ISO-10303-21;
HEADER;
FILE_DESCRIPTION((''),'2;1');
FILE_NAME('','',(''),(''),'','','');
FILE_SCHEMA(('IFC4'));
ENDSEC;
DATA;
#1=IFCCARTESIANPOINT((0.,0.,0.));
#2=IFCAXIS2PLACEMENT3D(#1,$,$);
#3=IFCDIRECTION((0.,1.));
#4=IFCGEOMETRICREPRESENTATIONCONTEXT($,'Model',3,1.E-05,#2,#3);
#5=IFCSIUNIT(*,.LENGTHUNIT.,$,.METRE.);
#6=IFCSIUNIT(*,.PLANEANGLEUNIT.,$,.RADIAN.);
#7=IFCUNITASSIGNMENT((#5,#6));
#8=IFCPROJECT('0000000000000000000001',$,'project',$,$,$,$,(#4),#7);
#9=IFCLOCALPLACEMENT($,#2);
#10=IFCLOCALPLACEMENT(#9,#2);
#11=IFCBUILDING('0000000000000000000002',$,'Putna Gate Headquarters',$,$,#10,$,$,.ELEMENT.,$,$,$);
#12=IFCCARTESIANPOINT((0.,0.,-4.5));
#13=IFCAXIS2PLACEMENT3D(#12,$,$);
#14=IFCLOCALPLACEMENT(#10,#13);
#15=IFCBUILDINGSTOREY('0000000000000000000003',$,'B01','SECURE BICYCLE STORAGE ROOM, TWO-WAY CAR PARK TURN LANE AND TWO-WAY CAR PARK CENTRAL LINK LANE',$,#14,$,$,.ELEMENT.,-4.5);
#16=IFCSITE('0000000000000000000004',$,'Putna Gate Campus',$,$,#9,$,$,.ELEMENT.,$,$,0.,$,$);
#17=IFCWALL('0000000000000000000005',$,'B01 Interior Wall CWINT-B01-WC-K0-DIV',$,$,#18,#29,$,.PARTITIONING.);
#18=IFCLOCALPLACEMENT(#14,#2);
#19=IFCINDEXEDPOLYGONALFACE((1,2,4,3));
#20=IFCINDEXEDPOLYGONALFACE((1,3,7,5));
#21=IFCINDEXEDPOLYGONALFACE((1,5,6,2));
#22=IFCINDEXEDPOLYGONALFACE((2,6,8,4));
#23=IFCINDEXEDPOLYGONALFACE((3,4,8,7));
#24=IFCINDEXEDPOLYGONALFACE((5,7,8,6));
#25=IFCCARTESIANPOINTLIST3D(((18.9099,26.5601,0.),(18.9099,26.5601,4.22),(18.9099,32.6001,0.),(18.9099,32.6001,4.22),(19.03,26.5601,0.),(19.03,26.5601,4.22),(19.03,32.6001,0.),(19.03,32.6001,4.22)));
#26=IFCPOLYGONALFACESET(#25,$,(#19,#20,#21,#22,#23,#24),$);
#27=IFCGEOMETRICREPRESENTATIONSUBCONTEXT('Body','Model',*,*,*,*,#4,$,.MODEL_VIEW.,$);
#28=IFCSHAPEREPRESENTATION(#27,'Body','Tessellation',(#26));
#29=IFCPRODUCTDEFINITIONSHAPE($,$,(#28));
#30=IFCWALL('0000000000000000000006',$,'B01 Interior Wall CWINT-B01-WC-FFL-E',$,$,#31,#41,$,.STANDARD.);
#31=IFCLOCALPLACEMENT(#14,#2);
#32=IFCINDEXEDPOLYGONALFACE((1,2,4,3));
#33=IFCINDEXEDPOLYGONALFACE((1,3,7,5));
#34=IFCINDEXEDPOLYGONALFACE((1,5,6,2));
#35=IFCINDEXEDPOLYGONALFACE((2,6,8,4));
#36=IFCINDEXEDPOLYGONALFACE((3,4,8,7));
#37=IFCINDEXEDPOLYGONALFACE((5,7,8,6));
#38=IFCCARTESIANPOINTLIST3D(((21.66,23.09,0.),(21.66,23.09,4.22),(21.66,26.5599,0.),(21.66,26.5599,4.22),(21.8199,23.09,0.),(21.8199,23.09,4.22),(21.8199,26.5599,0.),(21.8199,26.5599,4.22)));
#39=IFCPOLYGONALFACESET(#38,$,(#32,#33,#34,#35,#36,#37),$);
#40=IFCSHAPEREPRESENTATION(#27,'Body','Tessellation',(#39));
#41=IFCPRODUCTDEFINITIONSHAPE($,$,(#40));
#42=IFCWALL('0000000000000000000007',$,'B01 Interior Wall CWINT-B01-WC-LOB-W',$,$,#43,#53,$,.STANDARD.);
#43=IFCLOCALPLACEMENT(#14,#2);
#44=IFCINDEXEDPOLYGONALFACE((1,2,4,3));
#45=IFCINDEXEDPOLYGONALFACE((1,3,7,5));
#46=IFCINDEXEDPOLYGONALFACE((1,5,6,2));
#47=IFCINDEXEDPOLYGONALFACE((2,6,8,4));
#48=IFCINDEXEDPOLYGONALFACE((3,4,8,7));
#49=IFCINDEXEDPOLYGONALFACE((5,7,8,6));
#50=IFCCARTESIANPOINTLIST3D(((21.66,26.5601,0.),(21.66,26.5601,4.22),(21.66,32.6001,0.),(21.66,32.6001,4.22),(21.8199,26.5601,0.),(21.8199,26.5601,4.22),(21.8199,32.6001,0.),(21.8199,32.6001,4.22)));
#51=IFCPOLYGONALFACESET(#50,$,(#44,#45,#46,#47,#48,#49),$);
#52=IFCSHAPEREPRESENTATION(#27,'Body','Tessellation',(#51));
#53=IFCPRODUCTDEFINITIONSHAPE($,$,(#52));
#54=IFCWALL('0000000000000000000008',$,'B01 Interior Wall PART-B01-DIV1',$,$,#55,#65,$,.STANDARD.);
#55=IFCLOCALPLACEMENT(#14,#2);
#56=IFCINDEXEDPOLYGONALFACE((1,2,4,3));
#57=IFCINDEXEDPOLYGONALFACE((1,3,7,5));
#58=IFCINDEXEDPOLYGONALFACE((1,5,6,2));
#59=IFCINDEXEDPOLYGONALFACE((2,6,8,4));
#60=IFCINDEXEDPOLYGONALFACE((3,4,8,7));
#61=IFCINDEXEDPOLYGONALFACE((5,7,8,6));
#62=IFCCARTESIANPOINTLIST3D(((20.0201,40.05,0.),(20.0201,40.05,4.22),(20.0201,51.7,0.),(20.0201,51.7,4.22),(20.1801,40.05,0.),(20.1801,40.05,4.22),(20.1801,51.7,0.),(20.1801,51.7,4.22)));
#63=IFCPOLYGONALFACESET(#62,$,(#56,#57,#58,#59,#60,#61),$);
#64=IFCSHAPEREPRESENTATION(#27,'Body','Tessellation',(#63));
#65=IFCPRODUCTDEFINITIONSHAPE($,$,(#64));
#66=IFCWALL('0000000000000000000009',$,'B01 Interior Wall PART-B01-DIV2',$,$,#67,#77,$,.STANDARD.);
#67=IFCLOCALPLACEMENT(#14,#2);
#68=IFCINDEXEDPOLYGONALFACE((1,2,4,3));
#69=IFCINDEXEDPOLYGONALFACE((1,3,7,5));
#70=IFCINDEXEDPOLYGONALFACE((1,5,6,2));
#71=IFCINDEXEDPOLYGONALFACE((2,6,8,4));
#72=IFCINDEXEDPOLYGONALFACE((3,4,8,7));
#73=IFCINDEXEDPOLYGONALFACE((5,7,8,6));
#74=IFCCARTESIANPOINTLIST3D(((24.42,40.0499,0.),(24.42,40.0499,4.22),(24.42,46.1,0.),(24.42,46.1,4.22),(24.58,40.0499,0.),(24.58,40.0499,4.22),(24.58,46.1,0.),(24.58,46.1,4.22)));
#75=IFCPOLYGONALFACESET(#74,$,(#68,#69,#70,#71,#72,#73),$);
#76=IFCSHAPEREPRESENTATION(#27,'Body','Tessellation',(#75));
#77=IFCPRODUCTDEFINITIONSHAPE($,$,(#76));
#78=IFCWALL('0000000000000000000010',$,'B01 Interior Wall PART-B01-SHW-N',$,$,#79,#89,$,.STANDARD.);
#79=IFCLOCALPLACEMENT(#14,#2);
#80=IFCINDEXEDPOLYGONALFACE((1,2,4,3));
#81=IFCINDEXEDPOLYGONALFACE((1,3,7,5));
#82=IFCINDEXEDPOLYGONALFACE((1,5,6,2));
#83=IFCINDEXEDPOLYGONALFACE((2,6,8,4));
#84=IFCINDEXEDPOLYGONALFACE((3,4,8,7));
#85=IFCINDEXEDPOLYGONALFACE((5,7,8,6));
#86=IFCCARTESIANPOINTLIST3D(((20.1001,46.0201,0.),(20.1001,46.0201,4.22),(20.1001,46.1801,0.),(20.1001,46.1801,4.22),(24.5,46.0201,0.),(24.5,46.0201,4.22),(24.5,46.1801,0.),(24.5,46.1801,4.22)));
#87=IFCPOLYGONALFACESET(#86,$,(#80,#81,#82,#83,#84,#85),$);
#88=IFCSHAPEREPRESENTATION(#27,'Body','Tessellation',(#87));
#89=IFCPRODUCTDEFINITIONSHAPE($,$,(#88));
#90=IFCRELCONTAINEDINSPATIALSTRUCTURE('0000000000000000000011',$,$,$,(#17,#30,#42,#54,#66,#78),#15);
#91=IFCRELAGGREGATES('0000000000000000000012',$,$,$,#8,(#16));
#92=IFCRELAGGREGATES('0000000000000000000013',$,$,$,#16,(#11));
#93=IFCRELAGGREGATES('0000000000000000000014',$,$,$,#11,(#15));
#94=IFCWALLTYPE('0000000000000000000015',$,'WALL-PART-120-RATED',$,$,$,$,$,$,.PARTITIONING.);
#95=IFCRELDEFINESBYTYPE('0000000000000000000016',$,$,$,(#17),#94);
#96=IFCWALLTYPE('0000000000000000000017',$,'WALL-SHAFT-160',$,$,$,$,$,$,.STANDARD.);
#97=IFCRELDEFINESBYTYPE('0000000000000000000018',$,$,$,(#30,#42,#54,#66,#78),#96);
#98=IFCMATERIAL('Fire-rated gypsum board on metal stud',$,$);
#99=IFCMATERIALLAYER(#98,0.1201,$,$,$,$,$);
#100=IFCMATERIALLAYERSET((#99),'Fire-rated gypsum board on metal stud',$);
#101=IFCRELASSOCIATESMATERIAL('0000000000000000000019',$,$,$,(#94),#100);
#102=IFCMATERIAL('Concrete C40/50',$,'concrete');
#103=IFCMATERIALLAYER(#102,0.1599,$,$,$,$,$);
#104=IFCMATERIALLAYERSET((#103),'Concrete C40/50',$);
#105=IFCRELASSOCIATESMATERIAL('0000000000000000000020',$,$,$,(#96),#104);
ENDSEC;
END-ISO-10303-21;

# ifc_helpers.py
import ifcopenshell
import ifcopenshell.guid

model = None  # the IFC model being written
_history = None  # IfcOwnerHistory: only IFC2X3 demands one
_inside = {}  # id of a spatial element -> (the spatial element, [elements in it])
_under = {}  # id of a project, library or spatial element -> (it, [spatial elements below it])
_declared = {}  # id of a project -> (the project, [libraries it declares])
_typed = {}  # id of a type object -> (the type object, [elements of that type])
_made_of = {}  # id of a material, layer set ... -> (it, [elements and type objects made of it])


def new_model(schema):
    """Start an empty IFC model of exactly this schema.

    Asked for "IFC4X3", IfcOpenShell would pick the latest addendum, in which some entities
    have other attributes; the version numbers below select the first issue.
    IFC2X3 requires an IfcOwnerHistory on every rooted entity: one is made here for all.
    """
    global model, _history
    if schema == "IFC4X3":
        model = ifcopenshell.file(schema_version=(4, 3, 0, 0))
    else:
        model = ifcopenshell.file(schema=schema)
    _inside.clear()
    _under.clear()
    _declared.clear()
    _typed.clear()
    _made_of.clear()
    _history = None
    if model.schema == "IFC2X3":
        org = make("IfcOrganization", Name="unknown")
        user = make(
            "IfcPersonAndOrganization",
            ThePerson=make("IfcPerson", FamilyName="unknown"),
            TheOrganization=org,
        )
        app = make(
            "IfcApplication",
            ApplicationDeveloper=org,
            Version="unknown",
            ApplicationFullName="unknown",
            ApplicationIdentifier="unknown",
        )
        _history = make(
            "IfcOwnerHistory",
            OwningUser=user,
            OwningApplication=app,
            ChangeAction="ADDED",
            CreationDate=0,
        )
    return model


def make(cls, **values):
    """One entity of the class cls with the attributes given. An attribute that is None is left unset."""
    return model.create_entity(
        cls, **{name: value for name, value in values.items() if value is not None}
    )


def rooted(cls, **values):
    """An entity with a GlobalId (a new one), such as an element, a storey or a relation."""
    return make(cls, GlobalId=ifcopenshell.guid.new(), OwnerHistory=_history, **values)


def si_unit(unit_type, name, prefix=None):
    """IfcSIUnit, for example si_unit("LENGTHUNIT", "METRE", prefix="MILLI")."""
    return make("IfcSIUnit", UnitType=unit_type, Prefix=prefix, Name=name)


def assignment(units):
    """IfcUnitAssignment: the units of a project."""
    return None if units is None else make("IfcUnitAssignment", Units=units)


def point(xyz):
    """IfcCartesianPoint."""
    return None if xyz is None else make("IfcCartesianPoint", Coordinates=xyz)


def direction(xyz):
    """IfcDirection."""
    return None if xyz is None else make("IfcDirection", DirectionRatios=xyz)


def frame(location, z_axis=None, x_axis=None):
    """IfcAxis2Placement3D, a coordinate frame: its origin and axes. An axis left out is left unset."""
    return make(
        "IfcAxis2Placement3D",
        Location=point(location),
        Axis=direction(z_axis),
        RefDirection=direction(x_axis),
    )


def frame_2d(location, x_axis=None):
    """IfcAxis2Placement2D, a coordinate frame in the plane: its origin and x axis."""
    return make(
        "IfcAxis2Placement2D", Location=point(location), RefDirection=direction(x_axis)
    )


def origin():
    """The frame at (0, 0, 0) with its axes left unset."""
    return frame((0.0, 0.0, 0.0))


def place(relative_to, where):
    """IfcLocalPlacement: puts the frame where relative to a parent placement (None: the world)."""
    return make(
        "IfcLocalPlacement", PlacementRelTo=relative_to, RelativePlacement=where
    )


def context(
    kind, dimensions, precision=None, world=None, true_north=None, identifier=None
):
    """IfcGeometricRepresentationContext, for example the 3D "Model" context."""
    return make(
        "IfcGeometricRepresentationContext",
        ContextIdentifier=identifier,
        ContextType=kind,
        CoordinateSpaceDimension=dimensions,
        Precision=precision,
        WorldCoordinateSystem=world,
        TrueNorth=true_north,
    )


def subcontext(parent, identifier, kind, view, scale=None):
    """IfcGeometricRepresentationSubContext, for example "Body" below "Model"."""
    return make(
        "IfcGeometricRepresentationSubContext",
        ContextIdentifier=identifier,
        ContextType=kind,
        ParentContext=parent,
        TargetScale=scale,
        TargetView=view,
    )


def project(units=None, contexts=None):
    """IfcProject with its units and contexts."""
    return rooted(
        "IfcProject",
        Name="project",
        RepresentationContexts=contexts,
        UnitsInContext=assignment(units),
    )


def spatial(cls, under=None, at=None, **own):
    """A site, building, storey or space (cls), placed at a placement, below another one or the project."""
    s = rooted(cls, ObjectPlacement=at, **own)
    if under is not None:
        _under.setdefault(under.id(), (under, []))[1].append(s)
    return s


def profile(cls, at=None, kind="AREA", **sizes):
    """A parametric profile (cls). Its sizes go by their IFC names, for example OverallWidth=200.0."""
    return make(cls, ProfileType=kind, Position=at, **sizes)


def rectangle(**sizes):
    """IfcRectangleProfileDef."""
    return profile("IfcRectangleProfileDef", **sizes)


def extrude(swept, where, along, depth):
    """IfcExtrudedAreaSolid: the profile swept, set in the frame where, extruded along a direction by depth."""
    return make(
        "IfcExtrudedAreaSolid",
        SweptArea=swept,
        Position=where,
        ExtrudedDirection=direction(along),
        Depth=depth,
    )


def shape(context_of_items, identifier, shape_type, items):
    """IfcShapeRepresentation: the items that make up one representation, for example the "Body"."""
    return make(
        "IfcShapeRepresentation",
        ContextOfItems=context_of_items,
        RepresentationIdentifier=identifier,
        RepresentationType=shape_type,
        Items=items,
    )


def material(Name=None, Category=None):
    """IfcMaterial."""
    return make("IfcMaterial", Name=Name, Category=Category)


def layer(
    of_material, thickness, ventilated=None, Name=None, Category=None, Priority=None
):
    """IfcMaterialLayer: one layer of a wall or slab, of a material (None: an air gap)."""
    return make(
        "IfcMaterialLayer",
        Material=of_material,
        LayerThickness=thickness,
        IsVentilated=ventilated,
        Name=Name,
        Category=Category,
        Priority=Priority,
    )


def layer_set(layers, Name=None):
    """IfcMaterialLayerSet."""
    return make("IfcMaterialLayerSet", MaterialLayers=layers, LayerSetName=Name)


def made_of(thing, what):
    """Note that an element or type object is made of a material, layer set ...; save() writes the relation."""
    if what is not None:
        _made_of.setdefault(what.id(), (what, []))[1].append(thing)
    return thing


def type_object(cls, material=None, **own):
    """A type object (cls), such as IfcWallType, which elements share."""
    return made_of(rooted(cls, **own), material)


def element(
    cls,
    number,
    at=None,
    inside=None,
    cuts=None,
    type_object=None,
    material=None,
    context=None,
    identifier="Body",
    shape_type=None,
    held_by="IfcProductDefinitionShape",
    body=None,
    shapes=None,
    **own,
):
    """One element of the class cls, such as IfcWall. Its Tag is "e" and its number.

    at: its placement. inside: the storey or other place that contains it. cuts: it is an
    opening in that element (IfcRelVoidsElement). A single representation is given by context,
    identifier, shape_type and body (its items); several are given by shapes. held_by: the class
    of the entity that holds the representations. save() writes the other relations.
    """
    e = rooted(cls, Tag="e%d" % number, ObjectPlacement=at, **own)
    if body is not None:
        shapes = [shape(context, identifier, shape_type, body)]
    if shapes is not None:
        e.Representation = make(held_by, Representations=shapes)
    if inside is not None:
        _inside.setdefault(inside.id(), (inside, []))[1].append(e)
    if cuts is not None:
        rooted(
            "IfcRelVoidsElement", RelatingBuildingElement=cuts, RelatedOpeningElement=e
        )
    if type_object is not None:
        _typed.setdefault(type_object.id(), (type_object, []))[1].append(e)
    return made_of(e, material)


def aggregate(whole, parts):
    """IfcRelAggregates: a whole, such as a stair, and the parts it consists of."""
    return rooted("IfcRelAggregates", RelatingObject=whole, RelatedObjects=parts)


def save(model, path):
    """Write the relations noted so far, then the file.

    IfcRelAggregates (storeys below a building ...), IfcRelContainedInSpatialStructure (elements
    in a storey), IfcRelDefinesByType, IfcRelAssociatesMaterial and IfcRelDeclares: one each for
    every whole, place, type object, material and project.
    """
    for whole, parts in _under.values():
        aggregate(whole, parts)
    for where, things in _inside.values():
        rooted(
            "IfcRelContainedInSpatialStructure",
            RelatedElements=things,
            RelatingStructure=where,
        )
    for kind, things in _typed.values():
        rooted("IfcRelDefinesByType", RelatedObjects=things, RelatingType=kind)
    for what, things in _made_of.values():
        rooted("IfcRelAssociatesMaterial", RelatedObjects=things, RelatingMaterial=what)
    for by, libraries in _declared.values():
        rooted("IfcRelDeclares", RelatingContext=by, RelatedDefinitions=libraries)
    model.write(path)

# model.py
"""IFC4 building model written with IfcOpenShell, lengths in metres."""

from ifc_helpers import new_model, si_unit, direction, frame, frame_2d, origin, place, context, subcontext, project, spatial, rectangle, extrude, material, layer, layer_set, type_object, element, save


model = new_model("IFC4")

# Units and contexts
model_context = context("Model", 3, precision=1e-05, world=origin(), true_north=direction((0.0, 1.0)))
body_context = subcontext(model_context, "Body", "Model", "MODEL_VIEW")
ifc_project = project(units=[si_unit("LENGTHUNIT", "METRE"), si_unit("PLANEANGLEUNIT", "RADIAN")], contexts=[model_context])

# Site, building, storey
site_placement = place(None, origin())
site = spatial("IfcSite", under=ifc_project, at=site_placement, Name="Putna Gate Campus", CompositionType="ELEMENT", RefElevation=0.0)
building_placement = place(site_placement, origin())
building = spatial("IfcBuilding", under=site, at=building_placement, Name="Putna Gate Headquarters", CompositionType="ELEMENT")
storey_placement = place(building_placement, frame((0.0, 0.0, -4.5)))
storey = spatial("IfcBuildingStorey", under=building, at=storey_placement, Name="B01", Description="SECURE BICYCLE STORAGE ROOM, TWO-WAY CAR PARK TURN LANE AND TWO-WAY CAR PARK CENTRAL LINK LANE", CompositionType="ELEMENT", Elevation=-4.5)

# Walls
ifc_material_1 = material(Name="Fire-rated gypsum board on metal stud")
ifc_layer_1 = layer(ifc_material_1, 0.1201)
ifc_layer_set_1 = layer_set([ifc_layer_1], Name="Fire-rated gypsum board on metal stud")
wall_type_1 = type_object("IfcWallType", Name="WALL-PART-120-RATED", PredefinedType="PARTITIONING", material=ifc_layer_set_1)
wall_1_placement = place(storey_placement, frame((18.97, 26.5601, 0.0), z_axis=(0.0, 0.0, 1.0), x_axis=(0.0, 1.0, 0.0)))
element("IfcWall", 1, at=wall_1_placement, inside=storey, type_object=wall_type_1, Name="B01 Interior Wall CWINT-B01-WC-K0-DIV", PredefinedType="PARTITIONING", context=body_context, shape_type="SweptSolid", body=[
    extrude(rectangle(XDim=6.04, YDim=0.1201, at=frame_2d((3.02, 0.0))), origin(), (0.0, 0.0, 1.0), 4.22),
])
ifc_material_2 = material(Name="Concrete C40/50", Category="concrete")
ifc_layer_2 = layer(ifc_material_2, 0.1599)
ifc_layer_set_2 = layer_set([ifc_layer_2], Name="Concrete C40/50")
wall_type_2 = type_object("IfcWallType", Name="WALL-SHAFT-160", PredefinedType="STANDARD", material=ifc_layer_set_2)
wall_2_placement = place(storey_placement, frame((21.74, 23.0901, 0.0), z_axis=(0.0, 0.0, 1.0), x_axis=(0.0, 1.0, 0.0)))
element("IfcWall", 2, at=wall_2_placement, inside=storey, type_object=wall_type_2, Name="B01 Interior Wall CWINT-B01-WC-FFL-E", PredefinedType="STANDARD", context=body_context, shape_type="SweptSolid", body=[
    extrude(rectangle(XDim=3.47, YDim=0.1599, at=frame_2d((1.7349, 0.0))), origin(), (0.0, 0.0, 1.0), 4.22),
])
wall_3_placement = place(storey_placement, frame((21.74, 26.5601, 0.0), z_axis=(0.0, 0.0, 1.0), x_axis=(0.0, 1.0, 0.0)))
element("IfcWall", 3, at=wall_3_placement, inside=storey, type_object=wall_type_2, Name="B01 Interior Wall CWINT-B01-WC-LOB-W", PredefinedType="STANDARD", context=body_context, shape_type="SweptSolid", body=[
    extrude(rectangle(XDim=6.04, YDim=0.1599, at=frame_2d((3.02, 0.0))), origin(), (0.0, 0.0, 1.0), 4.22),
])
wall_4_placement = place(storey_placement, frame((20.1001, 40.05, 0.0), z_axis=(0.0, 0.0, 1.0), x_axis=(0.0, 1.0, 0.0)))
element("IfcWall", 4, at=wall_4_placement, inside=storey, type_object=wall_type_2, Name="B01 Interior Wall PART-B01-DIV1", PredefinedType="STANDARD", context=body_context, shape_type="SweptSolid", body=[
    extrude(rectangle(XDim=11.6499, YDim=0.1599, at=frame_2d((5.825, 0.0))), origin(), (0.0, 0.0, 1.0), 4.22),
])
wall_5_placement = place(storey_placement, frame((24.5, 40.05, 0.0), z_axis=(0.0, 0.0, 1.0), x_axis=(0.0, 1.0, 0.0)))
element("IfcWall", 5, at=wall_5_placement, inside=storey, type_object=wall_type_2, Name="B01 Interior Wall PART-B01-DIV2", PredefinedType="STANDARD", context=body_context, shape_type="SweptSolid", body=[
    extrude(rectangle(XDim=6.05, YDim=0.1599, at=frame_2d((3.0249, 0.0))), origin(), (0.0, 0.0, 1.0), 4.22),
])
wall_6_placement = place(storey_placement, frame((20.1001, 46.1001, 0.0), z_axis=(0.0, 0.0, 1.0), x_axis=(1.0, 0.0, 0.0)))
element("IfcWall", 6, at=wall_6_placement, inside=storey, type_object=wall_type_2, Name="B01 Interior Wall PART-B01-SHW-N", PredefinedType="STANDARD", context=body_context, shape_type="SweptSolid", body=[
    extrude(rectangle(XDim=4.3999, YDim=0.1599, at=frame_2d((2.2, 0.0))), origin(), (0.0, 0.0, 1.0), 4.22),
])

save(model, "model.ifc")
